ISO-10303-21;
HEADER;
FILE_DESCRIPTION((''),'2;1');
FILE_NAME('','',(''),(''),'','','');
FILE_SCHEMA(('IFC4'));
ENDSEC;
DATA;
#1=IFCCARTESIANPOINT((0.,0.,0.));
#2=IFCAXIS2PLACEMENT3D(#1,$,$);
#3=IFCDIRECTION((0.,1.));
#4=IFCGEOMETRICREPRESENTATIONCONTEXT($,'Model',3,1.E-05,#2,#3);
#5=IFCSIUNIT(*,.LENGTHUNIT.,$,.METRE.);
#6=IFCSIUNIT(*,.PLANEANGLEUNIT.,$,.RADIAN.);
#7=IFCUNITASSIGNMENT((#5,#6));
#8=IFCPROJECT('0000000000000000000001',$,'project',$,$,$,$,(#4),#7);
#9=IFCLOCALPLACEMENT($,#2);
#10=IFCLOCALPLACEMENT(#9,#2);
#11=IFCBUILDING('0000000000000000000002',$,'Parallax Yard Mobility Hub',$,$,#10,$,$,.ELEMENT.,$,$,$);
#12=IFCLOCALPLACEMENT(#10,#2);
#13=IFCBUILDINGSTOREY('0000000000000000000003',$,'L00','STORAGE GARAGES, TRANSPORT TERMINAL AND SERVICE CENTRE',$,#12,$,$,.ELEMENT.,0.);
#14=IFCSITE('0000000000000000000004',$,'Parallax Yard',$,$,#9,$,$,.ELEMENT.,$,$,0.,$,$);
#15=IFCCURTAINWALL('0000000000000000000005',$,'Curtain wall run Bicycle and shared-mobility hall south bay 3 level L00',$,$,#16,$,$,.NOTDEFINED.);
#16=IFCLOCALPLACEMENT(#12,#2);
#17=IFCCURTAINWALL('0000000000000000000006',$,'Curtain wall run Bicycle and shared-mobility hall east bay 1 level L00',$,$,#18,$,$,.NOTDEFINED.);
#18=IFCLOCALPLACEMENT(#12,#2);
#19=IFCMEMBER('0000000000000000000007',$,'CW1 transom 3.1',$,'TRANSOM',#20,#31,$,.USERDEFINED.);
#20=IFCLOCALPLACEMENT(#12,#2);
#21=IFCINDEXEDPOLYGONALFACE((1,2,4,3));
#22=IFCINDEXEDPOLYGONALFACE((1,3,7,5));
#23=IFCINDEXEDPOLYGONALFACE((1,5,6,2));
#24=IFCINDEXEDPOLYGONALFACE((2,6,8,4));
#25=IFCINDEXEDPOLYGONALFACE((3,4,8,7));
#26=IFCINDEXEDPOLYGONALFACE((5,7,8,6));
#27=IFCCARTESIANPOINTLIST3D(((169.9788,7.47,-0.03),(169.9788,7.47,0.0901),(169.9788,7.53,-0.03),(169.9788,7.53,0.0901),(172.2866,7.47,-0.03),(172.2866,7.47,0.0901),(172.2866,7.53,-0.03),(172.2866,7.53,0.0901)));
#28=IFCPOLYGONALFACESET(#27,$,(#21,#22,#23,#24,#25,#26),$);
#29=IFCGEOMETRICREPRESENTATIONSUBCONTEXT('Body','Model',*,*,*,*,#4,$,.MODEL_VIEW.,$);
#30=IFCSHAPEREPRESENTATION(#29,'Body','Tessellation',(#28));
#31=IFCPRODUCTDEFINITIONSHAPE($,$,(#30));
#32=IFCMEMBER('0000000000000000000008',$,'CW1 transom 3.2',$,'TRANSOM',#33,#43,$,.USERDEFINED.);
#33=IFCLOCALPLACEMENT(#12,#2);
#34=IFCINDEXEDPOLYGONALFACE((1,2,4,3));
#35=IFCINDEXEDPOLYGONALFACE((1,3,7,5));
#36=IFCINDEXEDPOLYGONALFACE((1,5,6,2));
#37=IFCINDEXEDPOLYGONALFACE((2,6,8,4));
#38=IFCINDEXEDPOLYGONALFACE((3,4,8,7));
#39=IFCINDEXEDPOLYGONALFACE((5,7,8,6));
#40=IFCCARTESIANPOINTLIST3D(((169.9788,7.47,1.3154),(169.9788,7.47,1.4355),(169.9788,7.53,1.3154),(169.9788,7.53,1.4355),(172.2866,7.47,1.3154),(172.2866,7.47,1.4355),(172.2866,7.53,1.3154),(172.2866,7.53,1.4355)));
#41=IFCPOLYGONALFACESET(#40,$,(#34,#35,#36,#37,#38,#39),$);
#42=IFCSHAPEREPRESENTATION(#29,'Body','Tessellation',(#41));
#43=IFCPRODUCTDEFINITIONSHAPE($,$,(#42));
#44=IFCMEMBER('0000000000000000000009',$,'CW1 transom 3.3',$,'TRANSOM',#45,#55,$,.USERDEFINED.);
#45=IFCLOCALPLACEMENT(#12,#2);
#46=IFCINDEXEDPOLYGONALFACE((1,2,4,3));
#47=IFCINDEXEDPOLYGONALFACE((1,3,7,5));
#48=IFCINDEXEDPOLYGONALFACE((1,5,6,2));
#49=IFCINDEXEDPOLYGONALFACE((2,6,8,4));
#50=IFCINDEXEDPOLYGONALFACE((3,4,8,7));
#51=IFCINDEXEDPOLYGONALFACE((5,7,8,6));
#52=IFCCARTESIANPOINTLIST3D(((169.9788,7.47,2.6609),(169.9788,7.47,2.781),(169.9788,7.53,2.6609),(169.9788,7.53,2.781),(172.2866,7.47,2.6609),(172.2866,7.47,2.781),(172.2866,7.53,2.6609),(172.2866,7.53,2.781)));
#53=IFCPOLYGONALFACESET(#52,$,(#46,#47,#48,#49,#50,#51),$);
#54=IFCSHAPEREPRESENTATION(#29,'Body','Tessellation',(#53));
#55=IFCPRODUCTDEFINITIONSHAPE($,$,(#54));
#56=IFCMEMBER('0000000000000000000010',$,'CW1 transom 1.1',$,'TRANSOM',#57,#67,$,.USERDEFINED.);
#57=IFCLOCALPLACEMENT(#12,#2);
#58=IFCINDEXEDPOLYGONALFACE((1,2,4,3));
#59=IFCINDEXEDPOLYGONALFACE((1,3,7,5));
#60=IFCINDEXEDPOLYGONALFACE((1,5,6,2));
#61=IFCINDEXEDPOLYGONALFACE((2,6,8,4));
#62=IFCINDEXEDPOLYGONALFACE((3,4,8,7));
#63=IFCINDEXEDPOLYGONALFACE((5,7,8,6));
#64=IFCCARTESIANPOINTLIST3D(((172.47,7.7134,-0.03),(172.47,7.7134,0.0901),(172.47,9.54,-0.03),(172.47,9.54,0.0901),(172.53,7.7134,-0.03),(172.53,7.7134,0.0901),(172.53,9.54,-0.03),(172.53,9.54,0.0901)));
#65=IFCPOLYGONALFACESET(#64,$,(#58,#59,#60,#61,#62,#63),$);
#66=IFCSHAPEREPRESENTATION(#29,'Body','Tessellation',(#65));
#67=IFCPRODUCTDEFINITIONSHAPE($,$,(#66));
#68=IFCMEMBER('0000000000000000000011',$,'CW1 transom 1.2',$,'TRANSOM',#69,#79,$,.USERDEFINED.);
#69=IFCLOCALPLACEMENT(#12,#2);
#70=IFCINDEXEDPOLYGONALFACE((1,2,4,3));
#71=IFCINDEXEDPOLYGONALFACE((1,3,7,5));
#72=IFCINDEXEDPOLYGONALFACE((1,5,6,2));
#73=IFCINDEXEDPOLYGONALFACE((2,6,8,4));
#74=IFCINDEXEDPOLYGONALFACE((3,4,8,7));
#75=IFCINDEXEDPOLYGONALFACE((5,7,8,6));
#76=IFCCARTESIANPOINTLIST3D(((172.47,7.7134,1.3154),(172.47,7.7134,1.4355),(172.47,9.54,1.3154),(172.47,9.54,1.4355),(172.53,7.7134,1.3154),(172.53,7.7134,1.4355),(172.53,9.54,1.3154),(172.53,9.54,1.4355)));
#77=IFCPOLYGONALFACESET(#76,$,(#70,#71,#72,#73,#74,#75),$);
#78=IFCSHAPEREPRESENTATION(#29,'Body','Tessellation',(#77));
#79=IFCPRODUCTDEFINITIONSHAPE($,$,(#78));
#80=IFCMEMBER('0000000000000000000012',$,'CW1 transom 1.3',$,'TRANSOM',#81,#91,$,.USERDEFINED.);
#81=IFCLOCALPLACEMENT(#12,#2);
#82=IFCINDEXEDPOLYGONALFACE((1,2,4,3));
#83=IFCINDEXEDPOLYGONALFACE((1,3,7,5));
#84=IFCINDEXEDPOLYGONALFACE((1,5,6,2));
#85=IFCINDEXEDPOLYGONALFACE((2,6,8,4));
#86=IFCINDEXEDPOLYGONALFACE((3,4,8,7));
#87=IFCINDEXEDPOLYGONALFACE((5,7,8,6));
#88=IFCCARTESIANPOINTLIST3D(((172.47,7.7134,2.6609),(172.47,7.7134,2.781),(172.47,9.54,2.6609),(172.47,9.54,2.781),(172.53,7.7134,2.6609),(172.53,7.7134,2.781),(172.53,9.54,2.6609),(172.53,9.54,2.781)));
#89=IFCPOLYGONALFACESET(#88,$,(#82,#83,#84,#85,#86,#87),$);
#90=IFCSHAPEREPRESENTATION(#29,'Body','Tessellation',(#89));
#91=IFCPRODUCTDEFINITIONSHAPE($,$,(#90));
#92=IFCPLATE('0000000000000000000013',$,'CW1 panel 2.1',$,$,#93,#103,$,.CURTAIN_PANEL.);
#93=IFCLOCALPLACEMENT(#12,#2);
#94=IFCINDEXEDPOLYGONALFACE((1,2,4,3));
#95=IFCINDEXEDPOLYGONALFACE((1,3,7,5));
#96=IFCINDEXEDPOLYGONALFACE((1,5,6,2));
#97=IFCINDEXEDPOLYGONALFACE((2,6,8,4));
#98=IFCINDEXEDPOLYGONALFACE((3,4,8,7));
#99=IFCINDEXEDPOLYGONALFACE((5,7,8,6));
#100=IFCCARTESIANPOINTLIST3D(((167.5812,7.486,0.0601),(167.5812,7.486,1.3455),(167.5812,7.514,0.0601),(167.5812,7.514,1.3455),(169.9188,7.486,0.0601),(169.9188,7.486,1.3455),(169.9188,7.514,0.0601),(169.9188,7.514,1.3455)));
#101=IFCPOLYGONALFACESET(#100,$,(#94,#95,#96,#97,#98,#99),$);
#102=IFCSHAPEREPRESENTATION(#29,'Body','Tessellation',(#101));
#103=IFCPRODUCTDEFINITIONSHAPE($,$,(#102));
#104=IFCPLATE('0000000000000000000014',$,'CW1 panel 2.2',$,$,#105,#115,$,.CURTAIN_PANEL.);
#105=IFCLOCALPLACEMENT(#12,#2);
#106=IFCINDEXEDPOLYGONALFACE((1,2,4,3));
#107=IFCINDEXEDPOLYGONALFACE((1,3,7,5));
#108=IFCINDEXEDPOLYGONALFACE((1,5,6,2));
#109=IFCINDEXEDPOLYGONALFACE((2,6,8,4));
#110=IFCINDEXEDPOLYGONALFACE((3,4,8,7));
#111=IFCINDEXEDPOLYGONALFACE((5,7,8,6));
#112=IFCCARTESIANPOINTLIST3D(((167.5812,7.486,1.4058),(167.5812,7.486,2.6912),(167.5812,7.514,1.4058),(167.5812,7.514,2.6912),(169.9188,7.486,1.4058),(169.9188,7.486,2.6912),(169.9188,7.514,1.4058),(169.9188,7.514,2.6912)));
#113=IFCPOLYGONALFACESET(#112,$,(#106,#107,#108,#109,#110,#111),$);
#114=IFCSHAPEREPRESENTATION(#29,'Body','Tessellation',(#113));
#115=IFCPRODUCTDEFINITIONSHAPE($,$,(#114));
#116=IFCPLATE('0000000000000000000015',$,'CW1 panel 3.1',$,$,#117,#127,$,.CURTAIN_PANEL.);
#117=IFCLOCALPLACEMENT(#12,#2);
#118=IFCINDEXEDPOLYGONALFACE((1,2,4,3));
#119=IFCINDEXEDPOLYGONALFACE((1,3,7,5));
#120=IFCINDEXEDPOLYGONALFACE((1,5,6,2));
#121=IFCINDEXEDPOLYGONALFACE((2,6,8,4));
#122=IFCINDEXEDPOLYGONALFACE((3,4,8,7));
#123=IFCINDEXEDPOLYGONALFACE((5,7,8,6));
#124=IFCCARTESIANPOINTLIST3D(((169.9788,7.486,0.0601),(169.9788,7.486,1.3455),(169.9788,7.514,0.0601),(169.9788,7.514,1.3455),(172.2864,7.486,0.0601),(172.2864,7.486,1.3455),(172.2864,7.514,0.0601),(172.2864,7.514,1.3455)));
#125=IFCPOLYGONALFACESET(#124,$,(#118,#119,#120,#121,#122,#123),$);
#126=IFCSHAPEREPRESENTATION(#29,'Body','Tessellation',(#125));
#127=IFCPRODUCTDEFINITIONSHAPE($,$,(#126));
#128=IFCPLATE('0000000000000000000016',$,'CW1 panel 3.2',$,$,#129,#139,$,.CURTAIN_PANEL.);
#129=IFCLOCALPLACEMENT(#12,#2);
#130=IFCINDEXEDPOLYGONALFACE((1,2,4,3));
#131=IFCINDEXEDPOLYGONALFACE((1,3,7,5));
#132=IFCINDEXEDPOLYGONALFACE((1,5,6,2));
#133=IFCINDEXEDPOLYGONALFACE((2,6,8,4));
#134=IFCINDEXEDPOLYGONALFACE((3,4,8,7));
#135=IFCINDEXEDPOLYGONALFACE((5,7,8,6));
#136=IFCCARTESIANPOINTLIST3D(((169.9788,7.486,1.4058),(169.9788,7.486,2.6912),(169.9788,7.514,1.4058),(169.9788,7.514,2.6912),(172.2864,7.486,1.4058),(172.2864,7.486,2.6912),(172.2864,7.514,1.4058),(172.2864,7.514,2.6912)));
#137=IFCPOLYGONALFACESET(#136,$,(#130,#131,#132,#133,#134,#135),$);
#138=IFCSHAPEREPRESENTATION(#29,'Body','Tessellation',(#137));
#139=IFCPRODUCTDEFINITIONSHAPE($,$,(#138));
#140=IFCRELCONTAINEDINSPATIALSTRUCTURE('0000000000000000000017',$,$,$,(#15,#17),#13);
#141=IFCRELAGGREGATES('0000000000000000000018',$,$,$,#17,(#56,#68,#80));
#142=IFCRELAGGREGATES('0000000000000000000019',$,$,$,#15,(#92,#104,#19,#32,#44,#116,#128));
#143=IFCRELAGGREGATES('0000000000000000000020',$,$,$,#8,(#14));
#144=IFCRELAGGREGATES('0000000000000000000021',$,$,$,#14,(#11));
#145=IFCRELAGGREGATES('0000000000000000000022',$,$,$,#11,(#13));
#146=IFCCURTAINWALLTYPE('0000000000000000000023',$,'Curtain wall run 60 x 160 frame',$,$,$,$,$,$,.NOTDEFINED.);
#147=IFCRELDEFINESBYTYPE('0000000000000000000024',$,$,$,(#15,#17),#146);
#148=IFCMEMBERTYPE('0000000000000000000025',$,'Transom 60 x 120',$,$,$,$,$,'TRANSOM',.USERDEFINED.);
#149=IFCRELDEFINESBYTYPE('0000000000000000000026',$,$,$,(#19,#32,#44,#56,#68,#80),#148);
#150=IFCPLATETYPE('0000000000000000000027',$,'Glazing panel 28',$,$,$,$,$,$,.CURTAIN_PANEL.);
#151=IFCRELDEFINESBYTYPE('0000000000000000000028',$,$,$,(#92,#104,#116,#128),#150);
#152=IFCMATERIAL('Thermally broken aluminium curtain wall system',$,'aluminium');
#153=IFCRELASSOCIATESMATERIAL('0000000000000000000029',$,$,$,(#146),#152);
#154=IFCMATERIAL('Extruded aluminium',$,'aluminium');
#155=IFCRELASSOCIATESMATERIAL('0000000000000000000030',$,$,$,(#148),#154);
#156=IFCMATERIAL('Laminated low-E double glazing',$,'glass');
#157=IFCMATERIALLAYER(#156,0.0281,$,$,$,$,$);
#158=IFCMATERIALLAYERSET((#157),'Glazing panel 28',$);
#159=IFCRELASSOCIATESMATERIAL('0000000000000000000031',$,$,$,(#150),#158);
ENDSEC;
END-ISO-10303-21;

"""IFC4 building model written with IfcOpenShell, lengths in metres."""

from ifc_helpers import new_model, si_unit, direction, frame, origin, origin_2d, place, context, subcontext, project, spatial, rectangle, extrude, material, layer, layer_set, material_profile, profile_set, type_object, element, aggregate, save


model = new_model("IFC4")

# Units and contexts
model_context = context("Model", 3, precision=1e-05, world=origin(), true_north=direction((0.0, 1.0)))
body_context = subcontext(model_context, "Body", "Model", "MODEL_VIEW")
ifc_project = project(units=[si_unit("LENGTHUNIT", "METRE"), si_unit("PLANEANGLEUNIT", "RADIAN")], contexts=[model_context])

# Site, building, storey
site_placement = place(None, origin())
site = spatial("IfcSite", under=ifc_project, at=site_placement, Name="Parallax Yard", CompositionType="ELEMENT", RefElevation=0.0)
building_placement = place(site_placement, origin())
building = spatial("IfcBuilding", under=site, at=building_placement, Name="Parallax Yard Mobility Hub", CompositionType="ELEMENT")
storey_placement = place(building_placement, origin())
storey = spatial("IfcBuildingStorey", under=building, at=storey_placement, Name="L00", Description="STORAGE GARAGES, TRANSPORT TERMINAL AND SERVICE CENTRE", CompositionType="ELEMENT", Elevation=0.0)

# Curtain wall
ifc_material_1 = material(Name="Thermally broken aluminium curtain wall system", Category="aluminium")
curtain_wall_type = type_object("IfcCurtainWallType", Name="Curtain wall run 60 x 160 frame", PredefinedType="NOTDEFINED", material=ifc_material_1)
curtain_wall_1_placement = place(storey_placement, origin())
curtain_wall_1 = element("IfcCurtainWall", 1, at=curtain_wall_1_placement, inside=storey, type_object=curtain_wall_type, Name="Curtain wall run Bicycle and shared-mobility hall south bay 3 level L00", PredefinedType="NOTDEFINED")
ifc_material_2 = material(Name="Extruded aluminium", Category="aluminium")

# Curtain wall
curtain_wall_2_placement = place(storey_placement, origin())
curtain_wall_2 = element("IfcCurtainWall", 2, at=curtain_wall_2_placement, inside=storey, type_object=curtain_wall_type, Name="Curtain wall run Bicycle and shared-mobility hall east bay 1 level L00", PredefinedType="NOTDEFINED")

# Members
ifc_material_profile_1 = material_profile(ifc_material_2, rectangle(XDim=0.0601, YDim=0.1201, at=origin_2d()), Name="Transom 60 x 120")
ifc_profile_set_1 = profile_set([ifc_material_profile_1], Name="Extruded aluminium")
member_type_1 = type_object("IfcMemberType", Name="Transom 60 x 120", ElementType="TRANSOM", PredefinedType="USERDEFINED", material=ifc_profile_set_1)
member_1_placement = place(storey_placement, frame((169.9788, 7.5, 0.03), z_axis=(1.0, 0.0, 0.0), x_axis=(0.0, 1.0, 0.0)))
member_1 = element("IfcMember", 3, at=member_1_placement, type_object=member_type_1, Name="CW1 transom 3.1", ObjectType="TRANSOM", PredefinedType="USERDEFINED", context=body_context, shape_type="SweptSolid", body=[
    extrude(rectangle(XDim=0.0601, YDim=0.1201, at=origin_2d()), origin(), (0.0, 0.0, 1.0), 2.3079),
])
member_2_placement = place(storey_placement, frame((169.9788, 7.5, 1.3755), z_axis=(1.0, 0.0, 0.0), x_axis=(0.0, 1.0, 0.0)))
member_2 = element("IfcMember", 4, at=member_2_placement, type_object=member_type_1, Name="CW1 transom 3.2", ObjectType="TRANSOM", PredefinedType="USERDEFINED", context=body_context, shape_type="SweptSolid", body=[
    extrude(rectangle(XDim=0.0601, YDim=0.1201, at=origin_2d()), origin(), (0.0, 0.0, 1.0), 2.3079),
])
member_3_placement = place(storey_placement, frame((169.9788, 7.5, 2.7209), z_axis=(1.0, 0.0, 0.0), x_axis=(0.0, 1.0, 0.0)))
member_3 = element("IfcMember", 5, at=member_3_placement, type_object=member_type_1, Name="CW1 transom 3.3", ObjectType="TRANSOM", PredefinedType="USERDEFINED", context=body_context, shape_type="SweptSolid", body=[
    extrude(rectangle(XDim=0.0601, YDim=0.1201, at=origin_2d()), origin(), (0.0, 0.0, 1.0), 2.3079),
])
member_4_placement = place(storey_placement, frame((172.5, 7.7134, 0.03), z_axis=(0.0, 1.0, 0.0), x_axis=(-1.0, 0.0, 0.0)))
member_4 = element("IfcMember", 6, at=member_4_placement, type_object=member_type_1, Name="CW1 transom 1.1", ObjectType="TRANSOM", PredefinedType="USERDEFINED", context=body_context, shape_type="SweptSolid", body=[
    extrude(rectangle(XDim=0.0601, YDim=0.1201, at=origin_2d()), origin(), (0.0, 0.0, 1.0), 1.8267),
])
member_5_placement = place(storey_placement, frame((172.5, 7.7134, 1.3755), z_axis=(0.0, 1.0, 0.0), x_axis=(-1.0, 0.0, 0.0)))
member_5 = element("IfcMember", 7, at=member_5_placement, type_object=member_type_1, Name="CW1 transom 1.2", ObjectType="TRANSOM", PredefinedType="USERDEFINED", context=body_context, shape_type="SweptSolid", body=[
    extrude(rectangle(XDim=0.0601, YDim=0.1201, at=origin_2d()), origin(), (0.0, 0.0, 1.0), 1.8267),
])
member_6_placement = place(storey_placement, frame((172.5, 7.7134, 2.7209), z_axis=(0.0, 1.0, 0.0), x_axis=(-1.0, 0.0, 0.0)))
member_6 = element("IfcMember", 8, at=member_6_placement, type_object=member_type_1, Name="CW1 transom 1.3", ObjectType="TRANSOM", PredefinedType="USERDEFINED", context=body_context, shape_type="SweptSolid", body=[
    extrude(rectangle(XDim=0.0601, YDim=0.1201, at=origin_2d()), origin(), (0.0, 0.0, 1.0), 1.8267),
])
aggregate(curtain_wall_2, [member_4, member_5, member_6])

# Plates
ifc_material_3 = material(Name="Laminated low-E double glazing", Category="glass")
ifc_layer = layer(ifc_material_3, 0.0281)
ifc_layer_set = layer_set([ifc_layer], Name="Glazing panel 28")
plate_type = type_object("IfcPlateType", Name="Glazing panel 28", PredefinedType="CURTAIN_PANEL", material=ifc_layer_set)
plate_1_placement = place(storey_placement, frame((168.75, 7.5, 0.0601), z_axis=(0.0, 0.0, 1.0), x_axis=(1.0, 0.0, 0.0)))
plate_1 = element("IfcPlate", 9, at=plate_1_placement, type_object=plate_type, Name="CW1 panel 2.1", PredefinedType="CURTAIN_PANEL", context=body_context, shape_type="SweptSolid", body=[
    extrude(rectangle(XDim=2.3376, YDim=0.0281, at=origin_2d()), origin(), (0.0, 0.0, 1.0), 1.2854),
])
plate_2_placement = place(storey_placement, frame((168.75, 7.5, 1.4058), z_axis=(0.0, 0.0, 1.0), x_axis=(1.0, 0.0, 0.0)))
plate_2 = element("IfcPlate", 10, at=plate_2_placement, type_object=plate_type, Name="CW1 panel 2.2", PredefinedType="CURTAIN_PANEL", context=body_context, shape_type="SweptSolid", body=[
    extrude(rectangle(XDim=2.3376, YDim=0.0281, at=origin_2d()), origin(), (0.0, 0.0, 1.0), 1.2854),
])
plate_3_placement = place(storey_placement, frame((171.1326, 7.5, 0.0601), z_axis=(0.0, 0.0, 1.0), x_axis=(1.0, 0.0, 0.0)))
plate_3 = element("IfcPlate", 11, at=plate_3_placement, type_object=plate_type, Name="CW1 panel 3.1", PredefinedType="CURTAIN_PANEL", context=body_context, shape_type="SweptSolid", body=[
    extrude(rectangle(XDim=2.3076, YDim=0.0281, at=origin_2d()), origin(), (0.0, 0.0, 1.0), 1.2854),
])
plate_4_placement = place(storey_placement, frame((171.1326, 7.5, 1.4058), z_axis=(0.0, 0.0, 1.0), x_axis=(1.0, 0.0, 0.0)))
plate_4 = element("IfcPlate", 12, at=plate_4_placement, type_object=plate_type, Name="CW1 panel 3.2", PredefinedType="CURTAIN_PANEL", context=body_context, shape_type="SweptSolid", body=[
    extrude(rectangle(XDim=2.3076, YDim=0.0281, at=origin_2d()), origin(), (0.0, 0.0, 1.0), 1.2854),
])
aggregate(curtain_wall_1, [plate_1, plate_2, member_1, member_2, member_3, plate_3, plate_4])

save(model, "model.ifc")
